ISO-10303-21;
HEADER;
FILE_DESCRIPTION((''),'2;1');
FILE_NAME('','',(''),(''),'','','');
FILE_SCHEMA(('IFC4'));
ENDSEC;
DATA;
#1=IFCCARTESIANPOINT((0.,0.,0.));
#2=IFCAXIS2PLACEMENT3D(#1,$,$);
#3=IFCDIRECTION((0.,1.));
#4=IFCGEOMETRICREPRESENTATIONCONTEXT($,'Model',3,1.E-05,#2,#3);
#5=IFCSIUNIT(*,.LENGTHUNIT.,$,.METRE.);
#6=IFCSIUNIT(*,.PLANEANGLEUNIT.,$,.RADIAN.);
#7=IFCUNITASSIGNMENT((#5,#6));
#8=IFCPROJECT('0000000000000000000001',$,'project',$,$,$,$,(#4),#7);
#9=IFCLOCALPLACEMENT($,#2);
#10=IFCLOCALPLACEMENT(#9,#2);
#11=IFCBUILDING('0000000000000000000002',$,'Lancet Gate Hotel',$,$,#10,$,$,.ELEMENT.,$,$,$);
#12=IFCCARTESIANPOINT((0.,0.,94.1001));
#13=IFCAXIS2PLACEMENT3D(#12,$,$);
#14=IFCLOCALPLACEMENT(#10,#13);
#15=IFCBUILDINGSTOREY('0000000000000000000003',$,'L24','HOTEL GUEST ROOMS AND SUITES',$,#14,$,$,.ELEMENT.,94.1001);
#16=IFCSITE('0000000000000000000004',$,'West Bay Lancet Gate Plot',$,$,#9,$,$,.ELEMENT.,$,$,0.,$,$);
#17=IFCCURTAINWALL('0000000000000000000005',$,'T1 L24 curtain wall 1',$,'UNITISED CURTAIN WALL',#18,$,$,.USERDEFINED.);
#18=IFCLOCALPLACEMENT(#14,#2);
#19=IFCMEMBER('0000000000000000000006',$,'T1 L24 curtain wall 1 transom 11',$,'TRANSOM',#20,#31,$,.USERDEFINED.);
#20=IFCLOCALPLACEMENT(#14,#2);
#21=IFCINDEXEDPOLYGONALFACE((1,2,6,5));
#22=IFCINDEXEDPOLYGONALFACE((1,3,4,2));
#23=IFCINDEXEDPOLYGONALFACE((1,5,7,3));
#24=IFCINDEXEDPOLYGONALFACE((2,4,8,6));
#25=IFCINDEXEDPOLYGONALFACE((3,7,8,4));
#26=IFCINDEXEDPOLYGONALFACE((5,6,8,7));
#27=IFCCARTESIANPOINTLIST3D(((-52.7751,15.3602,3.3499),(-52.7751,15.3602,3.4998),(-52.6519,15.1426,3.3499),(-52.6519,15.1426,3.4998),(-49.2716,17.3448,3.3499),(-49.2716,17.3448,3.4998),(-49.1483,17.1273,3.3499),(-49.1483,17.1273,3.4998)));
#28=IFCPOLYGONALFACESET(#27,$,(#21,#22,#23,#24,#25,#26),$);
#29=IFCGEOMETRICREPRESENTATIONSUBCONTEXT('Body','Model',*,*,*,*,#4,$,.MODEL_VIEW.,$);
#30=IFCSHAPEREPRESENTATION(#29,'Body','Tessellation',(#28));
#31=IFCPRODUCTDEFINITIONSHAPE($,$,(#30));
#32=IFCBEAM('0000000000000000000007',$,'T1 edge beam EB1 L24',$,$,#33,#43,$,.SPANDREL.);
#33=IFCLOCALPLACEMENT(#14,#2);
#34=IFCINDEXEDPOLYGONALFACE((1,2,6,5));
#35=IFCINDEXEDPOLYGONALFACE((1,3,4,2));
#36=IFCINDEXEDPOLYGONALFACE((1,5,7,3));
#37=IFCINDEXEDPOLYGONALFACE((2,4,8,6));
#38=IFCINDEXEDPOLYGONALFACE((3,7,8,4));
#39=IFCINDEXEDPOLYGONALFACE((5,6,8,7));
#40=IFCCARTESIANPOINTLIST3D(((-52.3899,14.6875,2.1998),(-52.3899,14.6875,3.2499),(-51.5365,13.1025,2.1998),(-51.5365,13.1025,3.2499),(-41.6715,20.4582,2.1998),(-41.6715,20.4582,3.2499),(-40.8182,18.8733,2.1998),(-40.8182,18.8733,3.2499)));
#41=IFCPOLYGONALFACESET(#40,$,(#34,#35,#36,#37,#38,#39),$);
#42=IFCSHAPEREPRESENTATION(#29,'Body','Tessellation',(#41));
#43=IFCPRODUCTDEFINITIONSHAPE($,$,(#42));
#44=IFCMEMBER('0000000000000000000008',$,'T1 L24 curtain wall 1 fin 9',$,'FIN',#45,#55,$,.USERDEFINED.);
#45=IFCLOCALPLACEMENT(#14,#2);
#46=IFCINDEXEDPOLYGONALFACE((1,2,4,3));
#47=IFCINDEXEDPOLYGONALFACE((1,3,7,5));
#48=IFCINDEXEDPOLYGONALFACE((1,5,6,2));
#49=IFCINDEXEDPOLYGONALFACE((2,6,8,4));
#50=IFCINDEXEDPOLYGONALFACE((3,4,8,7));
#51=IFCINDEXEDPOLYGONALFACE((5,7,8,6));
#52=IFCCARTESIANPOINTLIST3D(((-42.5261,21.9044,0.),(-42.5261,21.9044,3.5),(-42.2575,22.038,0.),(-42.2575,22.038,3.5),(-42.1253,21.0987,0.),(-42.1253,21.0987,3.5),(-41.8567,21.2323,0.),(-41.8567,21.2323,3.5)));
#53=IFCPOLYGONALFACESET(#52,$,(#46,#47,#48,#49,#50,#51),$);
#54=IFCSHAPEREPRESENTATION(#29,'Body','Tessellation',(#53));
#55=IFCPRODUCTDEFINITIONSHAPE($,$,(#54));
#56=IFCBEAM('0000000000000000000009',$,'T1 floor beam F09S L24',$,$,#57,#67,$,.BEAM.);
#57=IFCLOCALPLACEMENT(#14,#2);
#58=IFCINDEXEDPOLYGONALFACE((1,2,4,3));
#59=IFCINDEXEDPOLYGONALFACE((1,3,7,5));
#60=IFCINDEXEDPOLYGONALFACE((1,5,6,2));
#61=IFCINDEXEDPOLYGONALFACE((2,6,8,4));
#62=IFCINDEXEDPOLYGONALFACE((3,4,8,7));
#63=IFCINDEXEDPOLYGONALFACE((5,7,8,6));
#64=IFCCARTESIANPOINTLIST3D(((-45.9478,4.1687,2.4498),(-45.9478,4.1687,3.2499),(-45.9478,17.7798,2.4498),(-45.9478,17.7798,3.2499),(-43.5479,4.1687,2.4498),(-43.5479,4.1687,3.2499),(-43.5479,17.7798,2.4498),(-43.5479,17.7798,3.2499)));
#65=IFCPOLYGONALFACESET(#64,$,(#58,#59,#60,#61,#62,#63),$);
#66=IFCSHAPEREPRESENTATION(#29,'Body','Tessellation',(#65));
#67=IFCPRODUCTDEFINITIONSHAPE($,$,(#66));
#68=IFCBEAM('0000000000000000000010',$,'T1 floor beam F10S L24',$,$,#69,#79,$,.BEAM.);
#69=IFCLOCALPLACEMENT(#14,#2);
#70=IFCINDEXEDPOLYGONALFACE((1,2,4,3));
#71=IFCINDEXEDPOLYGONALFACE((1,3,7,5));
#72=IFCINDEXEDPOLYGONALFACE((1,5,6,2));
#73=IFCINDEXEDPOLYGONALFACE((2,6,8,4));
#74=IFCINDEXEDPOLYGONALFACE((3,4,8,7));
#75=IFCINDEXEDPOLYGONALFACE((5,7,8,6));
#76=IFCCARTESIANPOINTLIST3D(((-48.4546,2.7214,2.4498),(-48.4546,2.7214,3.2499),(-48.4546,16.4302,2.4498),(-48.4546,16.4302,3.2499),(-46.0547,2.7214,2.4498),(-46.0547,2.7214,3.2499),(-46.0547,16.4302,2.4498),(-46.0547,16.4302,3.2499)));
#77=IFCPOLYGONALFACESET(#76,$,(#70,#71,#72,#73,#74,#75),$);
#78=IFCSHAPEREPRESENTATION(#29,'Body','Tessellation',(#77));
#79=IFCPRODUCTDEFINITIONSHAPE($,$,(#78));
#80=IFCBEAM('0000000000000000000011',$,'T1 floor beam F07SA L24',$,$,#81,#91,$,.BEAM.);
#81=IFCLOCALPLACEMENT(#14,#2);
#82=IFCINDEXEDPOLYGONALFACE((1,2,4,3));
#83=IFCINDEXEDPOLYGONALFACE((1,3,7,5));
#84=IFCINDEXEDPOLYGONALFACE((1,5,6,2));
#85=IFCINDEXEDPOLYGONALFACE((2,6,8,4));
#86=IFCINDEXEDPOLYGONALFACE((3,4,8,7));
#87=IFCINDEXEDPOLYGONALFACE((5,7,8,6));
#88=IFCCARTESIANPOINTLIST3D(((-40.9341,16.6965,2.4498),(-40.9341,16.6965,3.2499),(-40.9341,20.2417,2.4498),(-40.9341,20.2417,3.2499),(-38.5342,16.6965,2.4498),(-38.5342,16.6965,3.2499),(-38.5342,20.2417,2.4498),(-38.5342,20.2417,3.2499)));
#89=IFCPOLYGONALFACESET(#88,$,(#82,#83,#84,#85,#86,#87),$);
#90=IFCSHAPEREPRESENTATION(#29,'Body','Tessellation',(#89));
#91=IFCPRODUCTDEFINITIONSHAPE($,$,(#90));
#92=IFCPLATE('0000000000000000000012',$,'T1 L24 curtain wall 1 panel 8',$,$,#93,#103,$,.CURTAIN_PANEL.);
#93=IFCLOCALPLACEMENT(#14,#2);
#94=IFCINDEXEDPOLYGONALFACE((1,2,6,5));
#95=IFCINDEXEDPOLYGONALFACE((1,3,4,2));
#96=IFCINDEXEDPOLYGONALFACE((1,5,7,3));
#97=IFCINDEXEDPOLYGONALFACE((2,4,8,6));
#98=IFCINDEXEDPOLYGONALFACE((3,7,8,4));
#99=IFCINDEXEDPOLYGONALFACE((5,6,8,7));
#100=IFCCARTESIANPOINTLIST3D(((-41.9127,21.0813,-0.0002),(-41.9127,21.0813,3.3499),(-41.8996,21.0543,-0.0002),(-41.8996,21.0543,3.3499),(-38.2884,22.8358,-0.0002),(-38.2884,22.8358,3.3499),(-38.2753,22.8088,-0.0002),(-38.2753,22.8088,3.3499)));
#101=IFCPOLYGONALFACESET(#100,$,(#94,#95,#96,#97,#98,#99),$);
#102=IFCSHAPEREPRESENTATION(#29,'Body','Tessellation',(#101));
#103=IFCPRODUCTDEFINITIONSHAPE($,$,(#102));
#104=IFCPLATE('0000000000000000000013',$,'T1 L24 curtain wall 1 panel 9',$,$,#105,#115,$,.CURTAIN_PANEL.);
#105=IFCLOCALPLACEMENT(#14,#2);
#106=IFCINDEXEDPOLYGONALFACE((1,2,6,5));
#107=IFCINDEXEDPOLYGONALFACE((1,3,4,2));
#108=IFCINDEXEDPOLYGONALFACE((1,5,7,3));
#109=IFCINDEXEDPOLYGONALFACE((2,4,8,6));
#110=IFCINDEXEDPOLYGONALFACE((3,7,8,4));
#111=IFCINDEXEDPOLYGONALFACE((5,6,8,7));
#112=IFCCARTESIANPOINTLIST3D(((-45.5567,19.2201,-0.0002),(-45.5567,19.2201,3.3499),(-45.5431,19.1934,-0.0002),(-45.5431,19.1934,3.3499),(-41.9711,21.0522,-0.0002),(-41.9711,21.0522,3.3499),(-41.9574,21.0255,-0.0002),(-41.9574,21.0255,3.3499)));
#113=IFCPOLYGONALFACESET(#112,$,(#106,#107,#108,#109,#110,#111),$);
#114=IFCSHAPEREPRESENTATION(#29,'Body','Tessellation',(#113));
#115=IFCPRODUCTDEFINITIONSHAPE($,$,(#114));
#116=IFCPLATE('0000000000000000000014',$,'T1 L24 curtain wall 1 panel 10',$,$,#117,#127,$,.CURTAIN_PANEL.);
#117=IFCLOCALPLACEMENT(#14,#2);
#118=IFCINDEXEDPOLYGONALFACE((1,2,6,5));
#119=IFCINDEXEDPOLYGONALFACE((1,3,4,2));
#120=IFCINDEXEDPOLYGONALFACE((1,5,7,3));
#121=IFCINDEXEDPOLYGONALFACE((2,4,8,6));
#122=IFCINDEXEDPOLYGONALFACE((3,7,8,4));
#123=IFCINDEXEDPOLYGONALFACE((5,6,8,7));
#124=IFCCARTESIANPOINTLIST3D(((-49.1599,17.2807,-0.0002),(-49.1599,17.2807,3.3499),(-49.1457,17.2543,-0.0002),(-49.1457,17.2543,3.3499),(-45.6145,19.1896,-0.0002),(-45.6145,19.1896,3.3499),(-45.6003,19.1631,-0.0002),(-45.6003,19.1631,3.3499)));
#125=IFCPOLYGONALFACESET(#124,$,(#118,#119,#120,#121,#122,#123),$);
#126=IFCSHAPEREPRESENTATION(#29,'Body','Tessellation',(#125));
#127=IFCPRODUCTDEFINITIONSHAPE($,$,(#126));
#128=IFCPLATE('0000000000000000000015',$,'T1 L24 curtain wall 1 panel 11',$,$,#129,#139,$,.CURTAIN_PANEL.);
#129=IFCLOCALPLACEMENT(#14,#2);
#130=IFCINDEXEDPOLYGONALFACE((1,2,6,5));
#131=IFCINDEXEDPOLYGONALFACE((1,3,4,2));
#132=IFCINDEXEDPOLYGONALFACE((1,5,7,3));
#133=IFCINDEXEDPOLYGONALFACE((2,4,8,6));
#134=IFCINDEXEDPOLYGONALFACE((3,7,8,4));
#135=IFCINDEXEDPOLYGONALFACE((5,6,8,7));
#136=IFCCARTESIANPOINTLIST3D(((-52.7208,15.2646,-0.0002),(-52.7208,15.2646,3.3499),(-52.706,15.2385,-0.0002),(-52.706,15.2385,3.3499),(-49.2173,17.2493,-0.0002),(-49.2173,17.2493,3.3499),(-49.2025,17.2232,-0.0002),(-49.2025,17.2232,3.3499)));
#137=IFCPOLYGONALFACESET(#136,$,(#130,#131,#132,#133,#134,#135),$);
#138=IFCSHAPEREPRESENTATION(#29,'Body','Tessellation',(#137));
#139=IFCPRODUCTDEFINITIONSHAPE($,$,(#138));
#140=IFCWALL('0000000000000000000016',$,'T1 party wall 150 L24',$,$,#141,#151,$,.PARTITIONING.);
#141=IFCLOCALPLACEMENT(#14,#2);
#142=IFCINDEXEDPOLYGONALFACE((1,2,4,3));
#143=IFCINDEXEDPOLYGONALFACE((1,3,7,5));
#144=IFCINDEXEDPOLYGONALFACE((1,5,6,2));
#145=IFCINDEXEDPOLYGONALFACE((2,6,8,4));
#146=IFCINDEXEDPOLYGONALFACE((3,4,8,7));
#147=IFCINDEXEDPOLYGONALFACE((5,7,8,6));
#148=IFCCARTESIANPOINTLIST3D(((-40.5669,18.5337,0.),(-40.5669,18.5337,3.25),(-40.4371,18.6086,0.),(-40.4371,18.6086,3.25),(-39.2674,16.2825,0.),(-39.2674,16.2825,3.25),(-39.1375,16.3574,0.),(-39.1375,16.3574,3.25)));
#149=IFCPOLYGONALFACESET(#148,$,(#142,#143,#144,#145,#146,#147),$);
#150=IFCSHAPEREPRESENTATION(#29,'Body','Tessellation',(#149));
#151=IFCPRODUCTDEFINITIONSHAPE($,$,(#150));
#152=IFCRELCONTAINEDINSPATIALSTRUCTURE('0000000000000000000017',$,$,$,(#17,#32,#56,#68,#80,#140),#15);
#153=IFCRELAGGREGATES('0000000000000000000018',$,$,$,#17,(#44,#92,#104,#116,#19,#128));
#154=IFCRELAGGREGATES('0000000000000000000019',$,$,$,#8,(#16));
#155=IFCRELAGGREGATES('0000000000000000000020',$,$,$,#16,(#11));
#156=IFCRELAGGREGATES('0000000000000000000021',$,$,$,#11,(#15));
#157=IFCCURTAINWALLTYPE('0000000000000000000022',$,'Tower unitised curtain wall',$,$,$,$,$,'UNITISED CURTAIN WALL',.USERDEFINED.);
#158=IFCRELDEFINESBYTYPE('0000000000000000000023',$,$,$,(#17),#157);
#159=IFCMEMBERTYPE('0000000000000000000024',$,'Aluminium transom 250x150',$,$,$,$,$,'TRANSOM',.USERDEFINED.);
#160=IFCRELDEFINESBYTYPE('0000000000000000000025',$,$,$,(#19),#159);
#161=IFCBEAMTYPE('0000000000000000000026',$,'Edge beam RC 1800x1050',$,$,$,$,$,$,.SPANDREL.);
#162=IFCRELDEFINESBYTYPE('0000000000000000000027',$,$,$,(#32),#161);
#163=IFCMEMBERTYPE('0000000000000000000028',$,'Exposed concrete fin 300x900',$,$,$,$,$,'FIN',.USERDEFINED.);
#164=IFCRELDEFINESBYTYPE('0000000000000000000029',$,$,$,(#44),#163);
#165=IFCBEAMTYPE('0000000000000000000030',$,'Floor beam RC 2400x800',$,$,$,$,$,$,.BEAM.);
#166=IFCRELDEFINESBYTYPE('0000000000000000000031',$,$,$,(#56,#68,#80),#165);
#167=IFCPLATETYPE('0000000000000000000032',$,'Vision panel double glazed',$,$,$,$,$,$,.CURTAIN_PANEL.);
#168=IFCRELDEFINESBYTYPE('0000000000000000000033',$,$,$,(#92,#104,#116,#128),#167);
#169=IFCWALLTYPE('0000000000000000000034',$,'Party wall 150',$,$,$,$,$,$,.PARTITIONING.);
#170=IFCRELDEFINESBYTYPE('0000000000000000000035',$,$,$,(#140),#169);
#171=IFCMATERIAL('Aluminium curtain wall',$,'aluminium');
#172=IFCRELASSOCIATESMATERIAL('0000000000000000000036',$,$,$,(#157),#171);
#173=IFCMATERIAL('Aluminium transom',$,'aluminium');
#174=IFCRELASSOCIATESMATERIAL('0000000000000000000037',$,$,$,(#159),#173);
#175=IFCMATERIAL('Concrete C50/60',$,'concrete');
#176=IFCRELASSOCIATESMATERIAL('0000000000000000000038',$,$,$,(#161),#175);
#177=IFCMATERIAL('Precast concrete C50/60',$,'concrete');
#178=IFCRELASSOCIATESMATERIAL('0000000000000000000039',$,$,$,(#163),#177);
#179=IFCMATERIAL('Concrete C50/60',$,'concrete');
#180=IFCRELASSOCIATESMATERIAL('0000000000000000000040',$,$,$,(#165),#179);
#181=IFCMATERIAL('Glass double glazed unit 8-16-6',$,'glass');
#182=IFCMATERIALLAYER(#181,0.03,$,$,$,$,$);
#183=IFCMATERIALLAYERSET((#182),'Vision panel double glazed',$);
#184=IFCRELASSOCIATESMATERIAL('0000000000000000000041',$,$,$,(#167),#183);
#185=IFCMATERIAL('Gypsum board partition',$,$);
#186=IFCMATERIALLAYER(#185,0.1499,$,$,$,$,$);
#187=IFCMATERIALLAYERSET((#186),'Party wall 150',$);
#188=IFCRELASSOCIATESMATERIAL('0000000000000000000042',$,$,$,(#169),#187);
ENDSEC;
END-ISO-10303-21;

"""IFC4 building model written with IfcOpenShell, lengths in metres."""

from ifc_helpers import new_model, si_unit, direction, frame, frame_2d, origin, origin_2d, place, context, subcontext, project, spatial, rectangle, extrude, material, layer, layer_set, material_profile, profile_set, type_object, element, aggregate, save


model = new_model("IFC4")

# Units and contexts
model_context = context("Model", 3, precision=1e-05, world=origin(), true_north=direction((0.0, 1.0)))
body_context = subcontext(model_context, "Body", "Model", "MODEL_VIEW")
ifc_project = project(units=[si_unit("LENGTHUNIT", "METRE"), si_unit("PLANEANGLEUNIT", "RADIAN")], contexts=[model_context])

# Site, building, storey
site_placement = place(None, origin())
site = spatial("IfcSite", under=ifc_project, at=site_placement, Name="West Bay Lancet Gate Plot", CompositionType="ELEMENT", RefElevation=0.0)
building_placement = place(site_placement, origin())
building = spatial("IfcBuilding", under=site, at=building_placement, Name="Lancet Gate Hotel", CompositionType="ELEMENT")
storey_placement = place(building_placement, frame((0.0, 0.0, 94.1001)))
storey = spatial("IfcBuildingStorey", under=building, at=storey_placement, Name="L24", Description="HOTEL GUEST ROOMS AND SUITES", CompositionType="ELEMENT", Elevation=94.1001)

# Curtain wall, member
ifc_material_1 = material(Name="Aluminium curtain wall", Category="aluminium")
curtain_wall_type = type_object("IfcCurtainWallType", Name="Tower unitised curtain wall", ElementType="UNITISED CURTAIN WALL", PredefinedType="USERDEFINED", material=ifc_material_1)
curtain_wall_placement = place(storey_placement, origin())
curtain_wall = element("IfcCurtainWall", 1, at=curtain_wall_placement, inside=storey, type_object=curtain_wall_type, Name="T1 L24 curtain wall 1", ObjectType="UNITISED CURTAIN WALL", PredefinedType="USERDEFINED")
ifc_material_2 = material(Name="Aluminium transom", Category="aluminium")
ifc_material_profile_1 = material_profile(ifc_material_2, rectangle(XDim=0.25, YDim=0.1499, at=origin_2d()), Name="TRANSOM 250x150")
ifc_profile_set_1 = profile_set([ifc_material_profile_1], Name="Aluminium transom")
member_type_1 = type_object("IfcMemberType", Name="Aluminium transom 250x150", ElementType="TRANSOM", PredefinedType="USERDEFINED", material=ifc_profile_set_1)
member_1_placement = place(storey_placement, frame((-49.21, 17.2361, 3.4248), z_axis=(-0.870092, -0.49289, 0.0), x_axis=(0.49289, -0.870092, 0.0)))
member_1 = element("IfcMember", 2, at=member_1_placement, type_object=member_type_1, Name="T1 L24 curtain wall 1 transom 11", ObjectType="TRANSOM", PredefinedType="USERDEFINED", context=body_context, shape_type="SweptSolid", body=[
    extrude(rectangle(XDim=0.25, YDim=0.1499, at=origin_2d()), origin(), (0.0, 0.0, 1.0), 4.0266),
])

# Beam
ifc_material_3 = material(Name="Concrete C50/60", Category="concrete")
ifc_material_profile_2 = material_profile(ifc_material_3, rectangle(XDim=1.8, YDim=1.05, at=origin_2d()), Name="RC 1800x1050")
ifc_profile_set_2 = profile_set([ifc_material_profile_2], Name="Concrete C50/60")
beam_type_1 = type_object("IfcBeamType", Name="Edge beam RC 1800x1050", PredefinedType="SPANDREL", material=ifc_profile_set_2)
beam_1_placement = place(storey_placement, frame((-41.2449, 19.6658, 2.7249), z_axis=(-0.880492, -0.47406, 0.0), x_axis=(0.47406, -0.880492, 0.0)))
element("IfcBeam", 3, at=beam_1_placement, inside=storey, type_object=beam_type_1, Name="T1 edge beam EB1 L24", PredefinedType="SPANDREL", context=body_context, shape_type="SweptSolid", body=[
    extrude(rectangle(XDim=1.8, YDim=1.05, at=origin_2d()), origin(), (0.0, 0.0, 1.0), 12.1731),
])

# Member
ifc_material_4 = material(Name="Precast concrete C50/60", Category="concrete")
ifc_material_profile_3 = material_profile(ifc_material_4, rectangle(XDim=0.3, YDim=0.8999, at=origin_2d()), Name="FIN 300x900")
ifc_profile_set_3 = profile_set([ifc_material_profile_3], Name="Precast concrete C50/60")
member_type_2 = type_object("IfcMemberType", Name="Exposed concrete fin 300x900", ElementType="FIN", PredefinedType="USERDEFINED", material=ifc_profile_set_3)
member_2_placement = place(storey_placement, frame((-42.1914, 21.5684, 0.0), z_axis=(0.0, 0.0, 1.0), x_axis=(-0.895339, -0.445384, 0.0)))
member_2 = element("IfcMember", 4, at=member_2_placement, type_object=member_type_2, Name="T1 L24 curtain wall 1 fin 9", ObjectType="FIN", PredefinedType="USERDEFINED", context=body_context, shape_type="SweptSolid", body=[
    extrude(rectangle(XDim=0.3, YDim=0.8999, at=origin_2d()), origin(), (0.0, 0.0, 1.0), 3.5),
])

# Beams
ifc_material_5 = material(Name="Concrete C50/60", Category="concrete")
ifc_material_profile_4 = material_profile(ifc_material_5, rectangle(XDim=2.3999, YDim=0.8, at=origin_2d()), Name="RC 2400x800")
ifc_profile_set_4 = profile_set([ifc_material_profile_4], Name="Concrete C50/60")
beam_type_2 = type_object("IfcBeamType", Name="Floor beam RC 2400x800", PredefinedType="BEAM", material=ifc_profile_set_4)
beam_2_placement = place(storey_placement, frame((-44.7478, 17.7798, 2.8499), z_axis=(0.0, -1.0, 0.0), x_axis=(1.0, 0.0, 0.0)))
element("IfcBeam", 5, at=beam_2_placement, inside=storey, type_object=beam_type_2, Name="T1 floor beam F09S L24", PredefinedType="BEAM", context=body_context, shape_type="SweptSolid", body=[
    extrude(rectangle(XDim=2.3999, YDim=0.8, at=origin_2d()), origin(), (0.0, 0.0, 1.0), 13.6111),
])
beam_3_placement = place(storey_placement, frame((-47.2546, 16.4302, 2.8499), z_axis=(0.0, -1.0, 0.0), x_axis=(1.0, 0.0, 0.0)))
element("IfcBeam", 6, at=beam_3_placement, inside=storey, type_object=beam_type_2, Name="T1 floor beam F10S L24", PredefinedType="BEAM", context=body_context, shape_type="SweptSolid", body=[
    extrude(rectangle(XDim=2.3999, YDim=0.8, at=origin_2d()), origin(), (0.0, 0.0, 1.0), 13.7087),
])
beam_4_placement = place(storey_placement, frame((-39.7341, 20.2417, 2.8499), z_axis=(0.0, -1.0, 0.0), x_axis=(1.0, 0.0, 0.0)))
element("IfcBeam", 7, at=beam_4_placement, inside=storey, type_object=beam_type_2, Name="T1 floor beam F07SA L24", PredefinedType="BEAM", context=body_context, shape_type="SweptSolid", body=[
    extrude(rectangle(XDim=2.3999, YDim=0.8, at=origin_2d()), origin(), (0.0, 0.0, 1.0), 3.5452),
])

# Plates
ifc_material_6 = material(Name="Glass double glazed unit 8-16-6", Category="glass")
ifc_layer_1 = layer(ifc_material_6, 0.03)
ifc_layer_set_1 = layer_set([ifc_layer_1], Name="Vision panel double glazed")
plate_type = type_object("IfcPlateType", Name="Vision panel double glazed", PredefinedType="CURTAIN_PANEL", material=ifc_layer_set_1)
plate_1_placement = place(storey_placement, frame((-40.094, 21.9451, -0.0002), z_axis=(0.0, 0.0, 1.0), x_axis=(-0.900082, -0.435721, 0.0)))
plate_1 = element("IfcPlate", 8, at=plate_1_placement, type_object=plate_type, Name="T1 L24 curtain wall 1 panel 8", PredefinedType="CURTAIN_PANEL", context=body_context, shape_type="SweptSolid", body=[
    extrude(rectangle(XDim=4.0266, YDim=0.03, at=origin_2d()), origin(), (0.0, 0.0, 1.0), 3.3501),
])
plate_2_placement = place(storey_placement, frame((-43.7571, 20.1228, -0.0002), z_axis=(0.0, 0.0, 1.0), x_axis=(-0.890493, -0.454996, 0.0)))
plate_2 = element("IfcPlate", 9, at=plate_2_placement, type_object=plate_type, Name="T1 L24 curtain wall 1 panel 9", PredefinedType="CURTAIN_PANEL", context=body_context, shape_type="SweptSolid", body=[
    extrude(rectangle(XDim=4.0266, YDim=0.03, at=origin_2d()), origin(), (0.0, 0.0, 1.0), 3.3501),
])
plate_3_placement = place(storey_placement, frame((-47.3801, 18.2219, -0.0002), z_axis=(0.0, 0.0, 1.0), x_axis=(-0.880493, -0.47406, 0.0)))
plate_3 = element("IfcPlate", 10, at=plate_3_placement, type_object=plate_type, Name="T1 L24 curtain wall 1 panel 10", PredefinedType="CURTAIN_PANEL", context=body_context, shape_type="SweptSolid", body=[
    extrude(rectangle(XDim=4.0266, YDim=0.03, at=origin_2d()), origin(), (0.0, 0.0, 1.0), 3.3501),
])
plate_4_placement = place(storey_placement, frame((-50.9617, 16.2439, -0.0002), z_axis=(0.0, 0.0, 1.0), x_axis=(-0.870084, -0.492904, 0.0)))
plate_4 = element("IfcPlate", 11, at=plate_4_placement, type_object=plate_type, Name="T1 L24 curtain wall 1 panel 11", PredefinedType="CURTAIN_PANEL", context=body_context, shape_type="SweptSolid", body=[
    extrude(rectangle(XDim=4.0266, YDim=0.03, at=origin_2d()), origin(), (0.0, 0.0, 1.0), 3.3501),
])
aggregate(curtain_wall, [member_2, plate_1, plate_2, plate_3, member_1, plate_4])

# Wall
ifc_material_7 = material(Name="Gypsum board partition")
ifc_layer_2 = layer(ifc_material_7, 0.1499)
ifc_layer_set_2 = layer_set([ifc_layer_2], Name="Party wall 150")
wall_type = type_object("IfcWallType", Name="Party wall 150", PredefinedType="PARTITIONING", material=ifc_layer_set_2)
wall_placement = place(storey_placement, frame((-39.2024, 16.3198, 0.0), z_axis=(0.0, 0.0, 1.0), x_axis=(-0.499947, 0.866056, 0.0)))
element("IfcWall", 12, at=wall_placement, inside=storey, type_object=wall_type, Name="T1 party wall 150 L24", PredefinedType="PARTITIONING", context=body_context, shape_type="SweptSolid", body=[
    extrude(rectangle(XDim=2.5994, YDim=0.1499, at=frame_2d((1.2998, 0.0))), origin(), (0.0, 0.0, 1.0), 3.25),
])

save(model, "model.ifc")
